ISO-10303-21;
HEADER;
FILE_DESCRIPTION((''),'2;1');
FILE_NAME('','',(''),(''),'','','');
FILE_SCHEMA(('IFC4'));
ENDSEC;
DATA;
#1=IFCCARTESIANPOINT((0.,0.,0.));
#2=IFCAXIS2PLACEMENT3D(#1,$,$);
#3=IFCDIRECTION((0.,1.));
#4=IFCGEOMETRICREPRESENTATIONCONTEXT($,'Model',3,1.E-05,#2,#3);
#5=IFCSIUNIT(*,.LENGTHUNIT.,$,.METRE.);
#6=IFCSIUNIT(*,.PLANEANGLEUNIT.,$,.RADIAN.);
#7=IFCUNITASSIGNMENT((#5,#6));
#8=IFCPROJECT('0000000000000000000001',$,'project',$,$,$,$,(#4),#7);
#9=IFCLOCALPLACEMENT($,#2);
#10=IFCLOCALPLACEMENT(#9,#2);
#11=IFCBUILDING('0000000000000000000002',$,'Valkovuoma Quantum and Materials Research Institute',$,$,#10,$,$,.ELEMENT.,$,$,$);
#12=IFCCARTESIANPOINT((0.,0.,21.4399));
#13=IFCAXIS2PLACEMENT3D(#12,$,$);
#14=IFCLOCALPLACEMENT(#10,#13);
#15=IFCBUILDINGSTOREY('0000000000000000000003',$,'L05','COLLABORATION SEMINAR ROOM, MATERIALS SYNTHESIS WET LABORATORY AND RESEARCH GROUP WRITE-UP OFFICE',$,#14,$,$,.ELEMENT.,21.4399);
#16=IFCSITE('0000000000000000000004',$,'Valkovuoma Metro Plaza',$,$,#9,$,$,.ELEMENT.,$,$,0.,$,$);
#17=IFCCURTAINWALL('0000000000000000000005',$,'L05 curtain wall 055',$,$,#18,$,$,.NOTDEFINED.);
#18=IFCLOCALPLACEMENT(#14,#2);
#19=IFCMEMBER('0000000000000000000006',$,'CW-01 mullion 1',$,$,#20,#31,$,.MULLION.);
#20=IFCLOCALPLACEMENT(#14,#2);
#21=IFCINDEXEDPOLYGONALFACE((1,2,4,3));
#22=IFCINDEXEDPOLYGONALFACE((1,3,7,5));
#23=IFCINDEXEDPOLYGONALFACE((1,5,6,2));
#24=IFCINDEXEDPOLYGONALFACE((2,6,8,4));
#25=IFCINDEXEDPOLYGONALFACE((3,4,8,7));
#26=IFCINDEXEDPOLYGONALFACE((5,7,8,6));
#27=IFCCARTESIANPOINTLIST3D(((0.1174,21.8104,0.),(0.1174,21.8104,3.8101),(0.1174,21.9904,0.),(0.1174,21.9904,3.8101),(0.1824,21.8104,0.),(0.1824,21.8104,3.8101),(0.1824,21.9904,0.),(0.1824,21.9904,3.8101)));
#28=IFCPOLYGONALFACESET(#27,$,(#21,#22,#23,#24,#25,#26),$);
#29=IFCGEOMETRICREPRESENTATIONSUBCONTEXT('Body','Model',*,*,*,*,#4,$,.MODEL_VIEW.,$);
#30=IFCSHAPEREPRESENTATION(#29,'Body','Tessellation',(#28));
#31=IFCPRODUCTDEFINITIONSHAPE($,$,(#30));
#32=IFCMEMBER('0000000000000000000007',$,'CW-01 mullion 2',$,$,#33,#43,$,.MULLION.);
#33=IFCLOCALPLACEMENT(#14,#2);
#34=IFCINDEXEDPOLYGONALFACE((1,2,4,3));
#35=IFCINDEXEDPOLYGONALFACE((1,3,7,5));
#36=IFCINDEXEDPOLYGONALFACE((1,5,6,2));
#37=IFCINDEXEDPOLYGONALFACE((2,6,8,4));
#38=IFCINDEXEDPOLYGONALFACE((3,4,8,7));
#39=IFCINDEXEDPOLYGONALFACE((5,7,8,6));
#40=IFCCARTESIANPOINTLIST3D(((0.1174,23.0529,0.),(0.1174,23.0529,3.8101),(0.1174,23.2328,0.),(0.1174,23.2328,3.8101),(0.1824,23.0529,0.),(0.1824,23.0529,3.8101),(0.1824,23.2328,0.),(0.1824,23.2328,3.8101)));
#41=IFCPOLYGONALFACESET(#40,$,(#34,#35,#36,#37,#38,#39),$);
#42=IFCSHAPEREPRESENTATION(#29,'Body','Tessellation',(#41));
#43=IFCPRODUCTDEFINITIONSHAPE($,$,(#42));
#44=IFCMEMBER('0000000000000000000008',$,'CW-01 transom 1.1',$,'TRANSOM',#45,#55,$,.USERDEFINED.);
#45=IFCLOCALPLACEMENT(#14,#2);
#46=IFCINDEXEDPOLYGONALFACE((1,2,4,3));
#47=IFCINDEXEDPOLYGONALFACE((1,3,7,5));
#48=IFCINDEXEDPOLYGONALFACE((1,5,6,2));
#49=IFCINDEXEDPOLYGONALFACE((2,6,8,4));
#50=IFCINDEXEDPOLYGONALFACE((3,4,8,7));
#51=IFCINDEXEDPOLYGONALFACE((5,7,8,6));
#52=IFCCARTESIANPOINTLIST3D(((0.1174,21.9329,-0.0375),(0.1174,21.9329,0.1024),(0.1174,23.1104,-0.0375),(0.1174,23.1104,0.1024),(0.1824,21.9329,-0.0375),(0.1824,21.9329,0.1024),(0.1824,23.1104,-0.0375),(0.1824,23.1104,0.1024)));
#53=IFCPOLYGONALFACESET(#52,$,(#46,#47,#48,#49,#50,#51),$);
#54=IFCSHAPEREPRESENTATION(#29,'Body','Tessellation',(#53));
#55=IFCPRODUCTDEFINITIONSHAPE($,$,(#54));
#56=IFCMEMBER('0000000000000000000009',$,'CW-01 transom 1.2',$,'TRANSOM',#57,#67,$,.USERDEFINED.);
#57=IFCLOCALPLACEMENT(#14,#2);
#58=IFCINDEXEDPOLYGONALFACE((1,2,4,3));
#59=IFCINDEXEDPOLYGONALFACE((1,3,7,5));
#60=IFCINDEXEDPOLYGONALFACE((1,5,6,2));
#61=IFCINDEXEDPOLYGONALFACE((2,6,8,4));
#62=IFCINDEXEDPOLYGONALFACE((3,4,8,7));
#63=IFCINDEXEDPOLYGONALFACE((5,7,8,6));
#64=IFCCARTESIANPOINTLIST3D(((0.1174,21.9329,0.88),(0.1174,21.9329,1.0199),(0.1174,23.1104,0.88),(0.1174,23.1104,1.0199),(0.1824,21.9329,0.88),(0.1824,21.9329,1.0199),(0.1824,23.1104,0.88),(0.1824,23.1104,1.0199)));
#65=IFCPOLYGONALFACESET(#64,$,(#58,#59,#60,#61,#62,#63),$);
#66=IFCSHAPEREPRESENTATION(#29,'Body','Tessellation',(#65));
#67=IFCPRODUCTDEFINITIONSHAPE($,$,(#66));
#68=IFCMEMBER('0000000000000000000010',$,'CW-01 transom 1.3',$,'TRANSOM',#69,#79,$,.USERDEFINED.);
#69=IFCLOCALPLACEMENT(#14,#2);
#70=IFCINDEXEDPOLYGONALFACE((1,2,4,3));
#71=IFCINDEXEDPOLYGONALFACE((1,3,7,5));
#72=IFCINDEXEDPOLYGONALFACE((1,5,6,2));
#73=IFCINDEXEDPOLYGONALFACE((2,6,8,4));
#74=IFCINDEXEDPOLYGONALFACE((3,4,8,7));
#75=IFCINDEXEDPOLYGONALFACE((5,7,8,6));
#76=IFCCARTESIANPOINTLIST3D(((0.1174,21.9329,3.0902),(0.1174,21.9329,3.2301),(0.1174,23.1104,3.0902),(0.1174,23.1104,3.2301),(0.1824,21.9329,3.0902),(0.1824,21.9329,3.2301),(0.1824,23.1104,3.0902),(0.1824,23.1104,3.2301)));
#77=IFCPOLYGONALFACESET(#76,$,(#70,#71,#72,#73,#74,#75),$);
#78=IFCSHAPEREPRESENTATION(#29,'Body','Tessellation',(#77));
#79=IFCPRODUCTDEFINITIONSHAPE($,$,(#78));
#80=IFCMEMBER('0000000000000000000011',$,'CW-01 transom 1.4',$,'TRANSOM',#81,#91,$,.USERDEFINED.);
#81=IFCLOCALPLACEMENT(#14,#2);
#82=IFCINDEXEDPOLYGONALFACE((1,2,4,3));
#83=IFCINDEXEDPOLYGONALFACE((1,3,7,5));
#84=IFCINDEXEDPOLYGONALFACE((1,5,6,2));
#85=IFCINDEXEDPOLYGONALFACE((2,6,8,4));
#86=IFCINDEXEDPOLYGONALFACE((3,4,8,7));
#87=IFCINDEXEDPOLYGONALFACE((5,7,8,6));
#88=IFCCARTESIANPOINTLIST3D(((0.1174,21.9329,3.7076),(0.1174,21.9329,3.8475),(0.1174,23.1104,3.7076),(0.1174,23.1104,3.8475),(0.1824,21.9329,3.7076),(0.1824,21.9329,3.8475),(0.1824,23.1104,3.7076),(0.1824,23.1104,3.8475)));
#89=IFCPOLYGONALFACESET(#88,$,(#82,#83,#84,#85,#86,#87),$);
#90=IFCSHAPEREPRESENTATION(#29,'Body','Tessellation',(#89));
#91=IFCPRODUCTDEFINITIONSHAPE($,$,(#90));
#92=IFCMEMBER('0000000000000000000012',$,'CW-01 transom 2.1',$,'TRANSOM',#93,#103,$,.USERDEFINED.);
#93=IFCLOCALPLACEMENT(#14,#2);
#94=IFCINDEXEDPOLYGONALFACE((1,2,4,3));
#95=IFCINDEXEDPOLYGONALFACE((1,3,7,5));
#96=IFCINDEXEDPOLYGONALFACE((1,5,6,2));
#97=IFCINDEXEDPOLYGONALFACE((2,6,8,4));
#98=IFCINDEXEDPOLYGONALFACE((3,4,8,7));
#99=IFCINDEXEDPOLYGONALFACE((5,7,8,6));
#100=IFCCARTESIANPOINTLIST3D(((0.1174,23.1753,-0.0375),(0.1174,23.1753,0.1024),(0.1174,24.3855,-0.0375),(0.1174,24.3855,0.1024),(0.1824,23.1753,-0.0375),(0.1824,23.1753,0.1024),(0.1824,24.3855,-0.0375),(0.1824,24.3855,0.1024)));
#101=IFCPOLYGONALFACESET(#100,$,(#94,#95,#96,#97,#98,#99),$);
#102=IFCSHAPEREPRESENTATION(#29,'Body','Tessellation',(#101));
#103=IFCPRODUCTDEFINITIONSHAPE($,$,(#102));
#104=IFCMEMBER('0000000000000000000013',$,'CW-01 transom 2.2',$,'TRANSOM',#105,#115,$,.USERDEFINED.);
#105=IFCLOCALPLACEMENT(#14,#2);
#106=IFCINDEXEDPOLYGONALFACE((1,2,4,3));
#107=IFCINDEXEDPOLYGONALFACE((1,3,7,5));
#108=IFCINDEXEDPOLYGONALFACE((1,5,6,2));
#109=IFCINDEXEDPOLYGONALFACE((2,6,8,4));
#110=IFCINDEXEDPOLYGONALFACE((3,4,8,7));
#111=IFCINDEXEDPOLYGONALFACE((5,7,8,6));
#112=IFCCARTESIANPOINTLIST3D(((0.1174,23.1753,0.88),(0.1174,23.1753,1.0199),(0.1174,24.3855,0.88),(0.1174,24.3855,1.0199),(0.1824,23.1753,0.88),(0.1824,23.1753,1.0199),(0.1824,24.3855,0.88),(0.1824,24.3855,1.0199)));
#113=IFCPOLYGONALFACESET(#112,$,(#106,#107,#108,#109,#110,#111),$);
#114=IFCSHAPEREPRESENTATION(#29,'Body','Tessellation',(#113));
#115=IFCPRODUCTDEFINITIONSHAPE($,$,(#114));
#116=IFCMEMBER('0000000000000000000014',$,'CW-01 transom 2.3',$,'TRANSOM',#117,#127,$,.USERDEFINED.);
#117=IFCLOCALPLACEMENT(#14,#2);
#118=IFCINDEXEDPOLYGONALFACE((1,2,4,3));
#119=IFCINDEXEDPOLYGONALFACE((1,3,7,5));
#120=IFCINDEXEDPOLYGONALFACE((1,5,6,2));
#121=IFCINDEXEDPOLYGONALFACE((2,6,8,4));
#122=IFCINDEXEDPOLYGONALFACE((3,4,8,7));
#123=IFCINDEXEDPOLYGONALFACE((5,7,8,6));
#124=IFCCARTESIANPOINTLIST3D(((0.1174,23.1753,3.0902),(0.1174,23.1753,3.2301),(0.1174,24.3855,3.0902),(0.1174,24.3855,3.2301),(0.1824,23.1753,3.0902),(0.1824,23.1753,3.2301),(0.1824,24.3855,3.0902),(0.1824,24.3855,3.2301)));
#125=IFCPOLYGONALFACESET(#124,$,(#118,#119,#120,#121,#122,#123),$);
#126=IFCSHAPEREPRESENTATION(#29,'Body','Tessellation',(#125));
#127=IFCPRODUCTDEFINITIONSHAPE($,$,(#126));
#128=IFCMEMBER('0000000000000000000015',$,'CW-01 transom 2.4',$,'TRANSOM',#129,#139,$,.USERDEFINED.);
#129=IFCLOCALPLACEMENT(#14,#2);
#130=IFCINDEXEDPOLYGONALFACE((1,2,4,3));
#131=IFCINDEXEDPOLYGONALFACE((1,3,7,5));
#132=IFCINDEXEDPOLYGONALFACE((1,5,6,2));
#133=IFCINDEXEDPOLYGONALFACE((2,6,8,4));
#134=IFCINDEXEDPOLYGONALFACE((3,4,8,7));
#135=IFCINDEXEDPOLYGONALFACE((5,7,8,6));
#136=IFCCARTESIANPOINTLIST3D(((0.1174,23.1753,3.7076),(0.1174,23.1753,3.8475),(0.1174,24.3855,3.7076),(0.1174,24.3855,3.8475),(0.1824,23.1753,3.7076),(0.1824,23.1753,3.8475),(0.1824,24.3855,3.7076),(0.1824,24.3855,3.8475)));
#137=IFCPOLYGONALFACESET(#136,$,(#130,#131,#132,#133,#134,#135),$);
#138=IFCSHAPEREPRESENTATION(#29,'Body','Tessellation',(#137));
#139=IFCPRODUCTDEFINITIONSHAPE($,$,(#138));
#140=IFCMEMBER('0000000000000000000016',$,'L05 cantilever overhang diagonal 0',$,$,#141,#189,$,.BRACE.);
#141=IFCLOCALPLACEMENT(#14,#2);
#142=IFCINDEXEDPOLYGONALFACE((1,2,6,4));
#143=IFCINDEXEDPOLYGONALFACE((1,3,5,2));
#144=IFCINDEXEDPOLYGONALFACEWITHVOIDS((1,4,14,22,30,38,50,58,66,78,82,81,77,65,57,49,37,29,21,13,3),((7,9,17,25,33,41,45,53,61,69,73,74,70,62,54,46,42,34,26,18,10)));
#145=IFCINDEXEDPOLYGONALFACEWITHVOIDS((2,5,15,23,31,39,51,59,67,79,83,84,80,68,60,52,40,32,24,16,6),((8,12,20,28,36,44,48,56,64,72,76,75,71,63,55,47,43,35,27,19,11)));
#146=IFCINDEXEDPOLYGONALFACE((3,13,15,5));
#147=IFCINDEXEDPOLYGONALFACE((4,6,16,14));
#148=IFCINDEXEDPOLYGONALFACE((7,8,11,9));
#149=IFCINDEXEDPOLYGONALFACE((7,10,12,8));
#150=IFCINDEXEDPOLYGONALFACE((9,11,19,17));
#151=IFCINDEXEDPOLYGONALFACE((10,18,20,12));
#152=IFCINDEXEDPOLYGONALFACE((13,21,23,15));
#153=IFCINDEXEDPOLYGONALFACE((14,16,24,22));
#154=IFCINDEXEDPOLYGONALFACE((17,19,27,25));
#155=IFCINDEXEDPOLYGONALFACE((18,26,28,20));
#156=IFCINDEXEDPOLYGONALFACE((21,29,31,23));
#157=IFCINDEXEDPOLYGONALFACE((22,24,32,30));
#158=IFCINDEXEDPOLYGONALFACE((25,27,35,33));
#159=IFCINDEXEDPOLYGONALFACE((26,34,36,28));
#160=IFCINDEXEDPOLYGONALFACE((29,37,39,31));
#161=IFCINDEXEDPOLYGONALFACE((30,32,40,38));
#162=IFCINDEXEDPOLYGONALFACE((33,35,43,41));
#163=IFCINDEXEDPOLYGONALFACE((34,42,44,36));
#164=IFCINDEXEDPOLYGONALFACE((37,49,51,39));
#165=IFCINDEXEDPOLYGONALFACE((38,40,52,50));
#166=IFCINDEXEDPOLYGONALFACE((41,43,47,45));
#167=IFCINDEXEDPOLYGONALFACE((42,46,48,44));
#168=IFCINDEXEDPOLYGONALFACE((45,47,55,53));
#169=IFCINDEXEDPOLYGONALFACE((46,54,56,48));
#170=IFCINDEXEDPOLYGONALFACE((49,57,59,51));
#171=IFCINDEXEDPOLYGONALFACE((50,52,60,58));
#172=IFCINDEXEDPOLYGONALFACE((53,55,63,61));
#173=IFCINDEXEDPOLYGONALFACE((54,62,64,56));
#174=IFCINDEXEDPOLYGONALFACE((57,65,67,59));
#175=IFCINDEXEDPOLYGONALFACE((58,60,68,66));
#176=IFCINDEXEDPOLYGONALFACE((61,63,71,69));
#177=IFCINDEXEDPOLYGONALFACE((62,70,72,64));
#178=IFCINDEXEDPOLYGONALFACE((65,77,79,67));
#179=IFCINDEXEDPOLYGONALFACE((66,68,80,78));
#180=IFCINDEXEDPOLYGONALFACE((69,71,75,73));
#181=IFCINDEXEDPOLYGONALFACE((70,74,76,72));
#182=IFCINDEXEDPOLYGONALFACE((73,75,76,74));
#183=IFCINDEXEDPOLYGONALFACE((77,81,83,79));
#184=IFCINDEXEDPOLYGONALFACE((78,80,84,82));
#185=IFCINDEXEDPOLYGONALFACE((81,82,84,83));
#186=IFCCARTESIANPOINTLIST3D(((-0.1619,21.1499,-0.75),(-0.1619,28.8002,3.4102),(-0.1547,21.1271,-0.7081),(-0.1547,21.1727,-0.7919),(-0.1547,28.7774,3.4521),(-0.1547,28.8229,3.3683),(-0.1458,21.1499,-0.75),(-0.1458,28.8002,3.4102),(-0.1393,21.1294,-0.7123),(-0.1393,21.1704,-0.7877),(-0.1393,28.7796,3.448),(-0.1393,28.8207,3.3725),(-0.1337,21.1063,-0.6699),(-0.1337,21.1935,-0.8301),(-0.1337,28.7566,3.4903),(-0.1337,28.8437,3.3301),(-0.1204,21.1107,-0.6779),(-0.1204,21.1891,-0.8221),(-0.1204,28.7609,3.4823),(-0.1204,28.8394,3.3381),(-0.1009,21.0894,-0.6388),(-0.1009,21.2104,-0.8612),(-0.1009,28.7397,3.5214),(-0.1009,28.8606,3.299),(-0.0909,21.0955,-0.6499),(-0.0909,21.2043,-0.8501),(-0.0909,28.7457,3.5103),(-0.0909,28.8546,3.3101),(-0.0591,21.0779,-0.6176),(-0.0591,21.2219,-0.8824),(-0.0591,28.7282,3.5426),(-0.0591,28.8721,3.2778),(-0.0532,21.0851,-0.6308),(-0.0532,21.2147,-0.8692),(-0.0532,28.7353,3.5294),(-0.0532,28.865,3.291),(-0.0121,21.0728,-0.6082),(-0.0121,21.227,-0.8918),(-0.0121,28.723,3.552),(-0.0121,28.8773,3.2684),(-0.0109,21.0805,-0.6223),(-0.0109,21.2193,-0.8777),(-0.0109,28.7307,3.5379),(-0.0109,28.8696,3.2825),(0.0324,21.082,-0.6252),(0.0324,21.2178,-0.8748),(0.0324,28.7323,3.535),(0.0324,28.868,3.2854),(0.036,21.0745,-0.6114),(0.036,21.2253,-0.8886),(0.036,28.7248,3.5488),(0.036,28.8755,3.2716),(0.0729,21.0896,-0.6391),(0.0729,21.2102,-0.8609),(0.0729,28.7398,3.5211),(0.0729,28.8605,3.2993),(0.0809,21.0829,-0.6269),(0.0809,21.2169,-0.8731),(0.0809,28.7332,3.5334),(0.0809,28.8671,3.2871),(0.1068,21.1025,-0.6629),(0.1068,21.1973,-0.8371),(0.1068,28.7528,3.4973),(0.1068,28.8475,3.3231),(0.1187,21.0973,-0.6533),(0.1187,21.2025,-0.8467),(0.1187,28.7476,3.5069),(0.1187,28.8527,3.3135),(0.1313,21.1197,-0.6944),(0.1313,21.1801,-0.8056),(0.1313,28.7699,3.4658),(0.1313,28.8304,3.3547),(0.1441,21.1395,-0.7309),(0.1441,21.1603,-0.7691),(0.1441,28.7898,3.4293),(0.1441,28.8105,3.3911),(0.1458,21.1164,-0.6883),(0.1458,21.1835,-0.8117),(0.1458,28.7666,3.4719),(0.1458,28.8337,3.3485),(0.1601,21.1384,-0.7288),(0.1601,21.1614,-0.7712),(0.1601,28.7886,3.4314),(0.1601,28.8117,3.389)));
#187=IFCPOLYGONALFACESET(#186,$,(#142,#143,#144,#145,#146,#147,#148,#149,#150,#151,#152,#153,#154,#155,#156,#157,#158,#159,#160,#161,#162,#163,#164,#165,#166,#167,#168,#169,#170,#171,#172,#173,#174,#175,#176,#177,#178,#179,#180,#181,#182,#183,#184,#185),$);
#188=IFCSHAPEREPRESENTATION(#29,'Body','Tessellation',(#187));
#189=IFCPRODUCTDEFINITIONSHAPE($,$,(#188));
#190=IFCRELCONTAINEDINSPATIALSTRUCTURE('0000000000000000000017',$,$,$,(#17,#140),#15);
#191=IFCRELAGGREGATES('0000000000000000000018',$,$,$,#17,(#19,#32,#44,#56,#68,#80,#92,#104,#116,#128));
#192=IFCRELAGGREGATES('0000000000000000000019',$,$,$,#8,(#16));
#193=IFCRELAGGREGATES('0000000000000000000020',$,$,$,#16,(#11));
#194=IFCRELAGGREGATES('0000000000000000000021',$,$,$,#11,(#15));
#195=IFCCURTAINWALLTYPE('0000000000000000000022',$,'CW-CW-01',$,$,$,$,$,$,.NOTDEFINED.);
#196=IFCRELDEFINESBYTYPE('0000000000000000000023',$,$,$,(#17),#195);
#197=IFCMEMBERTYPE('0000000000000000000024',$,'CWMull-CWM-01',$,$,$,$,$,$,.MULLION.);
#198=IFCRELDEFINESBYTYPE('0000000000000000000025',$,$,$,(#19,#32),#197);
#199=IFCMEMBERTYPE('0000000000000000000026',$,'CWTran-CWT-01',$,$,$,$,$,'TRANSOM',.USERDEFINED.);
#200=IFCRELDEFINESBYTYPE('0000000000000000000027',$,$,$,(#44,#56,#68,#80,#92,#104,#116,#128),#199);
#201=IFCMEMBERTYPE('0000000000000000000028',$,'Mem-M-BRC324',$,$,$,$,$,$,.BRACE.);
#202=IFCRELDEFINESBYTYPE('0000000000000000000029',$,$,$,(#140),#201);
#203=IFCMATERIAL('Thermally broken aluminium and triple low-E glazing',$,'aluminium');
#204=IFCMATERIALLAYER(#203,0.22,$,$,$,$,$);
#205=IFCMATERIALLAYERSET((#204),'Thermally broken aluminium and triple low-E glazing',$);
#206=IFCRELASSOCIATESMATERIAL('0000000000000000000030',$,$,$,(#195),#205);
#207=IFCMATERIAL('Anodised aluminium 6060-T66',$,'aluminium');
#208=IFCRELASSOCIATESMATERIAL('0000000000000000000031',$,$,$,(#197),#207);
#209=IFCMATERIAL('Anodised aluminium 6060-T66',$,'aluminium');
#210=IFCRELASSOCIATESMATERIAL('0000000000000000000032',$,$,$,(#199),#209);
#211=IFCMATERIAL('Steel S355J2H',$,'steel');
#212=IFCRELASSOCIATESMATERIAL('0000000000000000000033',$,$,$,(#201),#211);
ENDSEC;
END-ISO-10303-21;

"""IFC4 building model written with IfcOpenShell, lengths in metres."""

from ifc_helpers import new_model, si_unit, direction, frame, origin, origin_2d, place, context, subcontext, project, spatial, rectangle, hollow_circle, extrude, material, layer, layer_set, material_profile, profile_set, type_object, element, aggregate, save


model = new_model("IFC4")

# Units and contexts
model_context = context("Model", 3, precision=1e-05, world=origin(), true_north=direction((0.0, 1.0)))
body_context = subcontext(model_context, "Body", "Model", "MODEL_VIEW")
ifc_project = project(units=[si_unit("LENGTHUNIT", "METRE"), si_unit("PLANEANGLEUNIT", "RADIAN")], contexts=[model_context])

# Site, building, storey
site_placement = place(None, origin())
site = spatial("IfcSite", under=ifc_project, at=site_placement, Name="Valkovuoma Metro Plaza", CompositionType="ELEMENT", RefElevation=0.0)
building_placement = place(site_placement, origin())
building = spatial("IfcBuilding", under=site, at=building_placement, Name="Valkovuoma Quantum and Materials Research Institute", CompositionType="ELEMENT")
storey_placement = place(building_placement, frame((0.0, 0.0, 21.4399)))
storey = spatial("IfcBuildingStorey", under=building, at=storey_placement, Name="L05", Description="COLLABORATION SEMINAR ROOM, MATERIALS SYNTHESIS WET LABORATORY AND RESEARCH GROUP WRITE-UP OFFICE", CompositionType="ELEMENT", Elevation=21.4399)

# Curtain wall, members
ifc_material_1 = material(Name="Thermally broken aluminium and triple low-E glazing", Category="aluminium")
ifc_layer_1 = layer(ifc_material_1, 0.22)
ifc_layer_set_1 = layer_set([ifc_layer_1], Name="Thermally broken aluminium and triple low-E glazing")
curtain_wall_type = type_object("IfcCurtainWallType", Name="CW-CW-01", PredefinedType="NOTDEFINED", material=ifc_layer_set_1)
curtain_wall_placement = place(storey_placement, origin())
curtain_wall = element("IfcCurtainWall", 1, at=curtain_wall_placement, inside=storey, type_object=curtain_wall_type, Name="L05 curtain wall 055", PredefinedType="NOTDEFINED")
ifc_material_2 = material(Name="Anodised aluminium 6060-T66", Category="aluminium")
ifc_material_profile_1 = material_profile(ifc_material_2, rectangle(XDim=0.0649, YDim=0.1799, at=origin_2d()), Name="Anodised aluminium 6060-T66")
ifc_profile_set_1 = profile_set([ifc_material_profile_1], Name="Anodised aluminium 6060-T66")
member_type_1 = type_object("IfcMemberType", Name="CWMull-CWM-01", PredefinedType="MULLION", material=ifc_profile_set_1)
member_1_placement = place(storey_placement, frame((0.1499, 21.9004, 0.0), z_axis=(0.0, 0.0, 1.0), x_axis=(-1.0, 0.0, 0.0)))
member_1 = element("IfcMember", 2, at=member_1_placement, type_object=member_type_1, Name="CW-01 mullion 1", PredefinedType="MULLION", context=body_context, shape_type="SweptSolid", body=[
    extrude(rectangle(XDim=0.0649, YDim=0.1799, at=origin_2d()), origin(), (0.0, 0.0, 1.0), 3.8101),
])
member_2_placement = place(storey_placement, frame((0.1499, 23.1428, 0.0), z_axis=(0.0, 0.0, 1.0), x_axis=(-1.0, 0.0, 0.0)))
member_2 = element("IfcMember", 3, at=member_2_placement, type_object=member_type_1, Name="CW-01 mullion 2", PredefinedType="MULLION", context=body_context, shape_type="SweptSolid", body=[
    extrude(rectangle(XDim=0.0649, YDim=0.1799, at=origin_2d()), origin(), (0.0, 0.0, 1.0), 3.8101),
])
ifc_material_3 = material(Name="Anodised aluminium 6060-T66", Category="aluminium")
ifc_material_profile_2 = material_profile(ifc_material_3, rectangle(XDim=0.0649, YDim=0.1399, at=origin_2d()), Name="Anodised aluminium 6060-T66")
ifc_profile_set_2 = profile_set([ifc_material_profile_2], Name="Anodised aluminium 6060-T66")
member_type_2 = type_object("IfcMemberType", Name="CWTran-CWT-01", ElementType="TRANSOM", PredefinedType="USERDEFINED", material=ifc_profile_set_2)
member_3_placement = place(storey_placement, frame((0.1499, 21.9329, 0.0325), z_axis=(0.0, 1.0, 0.0), x_axis=(-1.0, 0.0, 0.0)))
member_3 = element("IfcMember", 4, at=member_3_placement, type_object=member_type_2, Name="CW-01 transom 1.1", ObjectType="TRANSOM", PredefinedType="USERDEFINED", context=body_context, shape_type="SweptSolid", body=[
    extrude(rectangle(XDim=0.0649, YDim=0.1399, at=origin_2d()), origin(), (0.0, 0.0, 1.0), 1.1775),
])
member_4_placement = place(storey_placement, frame((0.1499, 21.9329, 0.95), z_axis=(0.0, 1.0, 0.0), x_axis=(-1.0, 0.0, 0.0)))
member_4 = element("IfcMember", 5, at=member_4_placement, type_object=member_type_2, Name="CW-01 transom 1.2", ObjectType="TRANSOM", PredefinedType="USERDEFINED", context=body_context, shape_type="SweptSolid", body=[
    extrude(rectangle(XDim=0.0649, YDim=0.1399, at=origin_2d()), origin(), (0.0, 0.0, 1.0), 1.1775),
])
member_5_placement = place(storey_placement, frame((0.1499, 21.9329, 3.1602), z_axis=(0.0, 1.0, 0.0), x_axis=(-1.0, 0.0, 0.0)))
member_5 = element("IfcMember", 6, at=member_5_placement, type_object=member_type_2, Name="CW-01 transom 1.3", ObjectType="TRANSOM", PredefinedType="USERDEFINED", context=body_context, shape_type="SweptSolid", body=[
    extrude(rectangle(XDim=0.0649, YDim=0.1399, at=origin_2d()), origin(), (0.0, 0.0, 1.0), 1.1775),
])
member_6_placement = place(storey_placement, frame((0.1499, 21.9329, 3.7776), z_axis=(0.0, 1.0, 0.0), x_axis=(-1.0, 0.0, 0.0)))
member_6 = element("IfcMember", 7, at=member_6_placement, type_object=member_type_2, Name="CW-01 transom 1.4", ObjectType="TRANSOM", PredefinedType="USERDEFINED", context=body_context, shape_type="SweptSolid", body=[
    extrude(rectangle(XDim=0.0649, YDim=0.1399, at=origin_2d()), origin(), (0.0, 0.0, 1.0), 1.1775),
])
member_7_placement = place(storey_placement, frame((0.1499, 23.1753, 0.0325), z_axis=(0.0, 1.0, 0.0), x_axis=(-1.0, 0.0, 0.0)))
member_7 = element("IfcMember", 8, at=member_7_placement, type_object=member_type_2, Name="CW-01 transom 2.1", ObjectType="TRANSOM", PredefinedType="USERDEFINED", context=body_context, shape_type="SweptSolid", body=[
    extrude(rectangle(XDim=0.0649, YDim=0.1399, at=origin_2d()), origin(), (0.0, 0.0, 1.0), 1.2102),
])
member_8_placement = place(storey_placement, frame((0.1499, 23.1753, 0.95), z_axis=(0.0, 1.0, 0.0), x_axis=(-1.0, 0.0, 0.0)))
member_8 = element("IfcMember", 9, at=member_8_placement, type_object=member_type_2, Name="CW-01 transom 2.2", ObjectType="TRANSOM", PredefinedType="USERDEFINED", context=body_context, shape_type="SweptSolid", body=[
    extrude(rectangle(XDim=0.0649, YDim=0.1399, at=origin_2d()), origin(), (0.0, 0.0, 1.0), 1.2102),
])
member_9_placement = place(storey_placement, frame((0.1499, 23.1753, 3.1602), z_axis=(0.0, 1.0, 0.0), x_axis=(-1.0, 0.0, 0.0)))
member_9 = element("IfcMember", 10, at=member_9_placement, type_object=member_type_2, Name="CW-01 transom 2.3", ObjectType="TRANSOM", PredefinedType="USERDEFINED", context=body_context, shape_type="SweptSolid", body=[
    extrude(rectangle(XDim=0.0649, YDim=0.1399, at=origin_2d()), origin(), (0.0, 0.0, 1.0), 1.2102),
])
member_10_placement = place(storey_placement, frame((0.1499, 23.1753, 3.7776), z_axis=(0.0, 1.0, 0.0), x_axis=(-1.0, 0.0, 0.0)))
member_10 = element("IfcMember", 11, at=member_10_placement, type_object=member_type_2, Name="CW-01 transom 2.4", ObjectType="TRANSOM", PredefinedType="USERDEFINED", context=body_context, shape_type="SweptSolid", body=[
    extrude(rectangle(XDim=0.0649, YDim=0.1399, at=origin_2d()), origin(), (0.0, 0.0, 1.0), 1.2102),
])

# Member
ifc_material_4 = material(Name="Steel S355J2H", Category="steel")
ifc_material_profile_3 = material_profile(ifc_material_4, hollow_circle(Radius=0.1619, WallThickness=0.0161, at=origin_2d()), Name="Steel S355J2H")
ifc_profile_set_3 = profile_set([ifc_material_profile_3], Name="Steel S355J2H")
member_type_3 = type_object("IfcMemberType", Name="Mem-M-BRC324", PredefinedType="BRACE", material=ifc_profile_set_3)
member_11_placement = place(storey_placement, frame((0.0, 21.1499, -0.75), z_axis=(0.0, 0.878506, 0.477732), x_axis=(-1.0, 0.0, 0.0)))
element("IfcMember", 12, at=member_11_placement, inside=storey, type_object=member_type_3, Name="L05 cantilever overhang diagonal 0", PredefinedType="BRACE", context=body_context, shape_type="SweptSolid", body=[
    extrude(hollow_circle(Radius=0.1619, WallThickness=0.0161, at=origin_2d()), origin(), (0.0, 0.0, 1.0), 8.7083),
])

aggregate(curtain_wall, [member_1, member_2, member_3, member_4, member_5, member_6, member_7, member_8, member_9, member_10])

save(model, "model.ifc")
